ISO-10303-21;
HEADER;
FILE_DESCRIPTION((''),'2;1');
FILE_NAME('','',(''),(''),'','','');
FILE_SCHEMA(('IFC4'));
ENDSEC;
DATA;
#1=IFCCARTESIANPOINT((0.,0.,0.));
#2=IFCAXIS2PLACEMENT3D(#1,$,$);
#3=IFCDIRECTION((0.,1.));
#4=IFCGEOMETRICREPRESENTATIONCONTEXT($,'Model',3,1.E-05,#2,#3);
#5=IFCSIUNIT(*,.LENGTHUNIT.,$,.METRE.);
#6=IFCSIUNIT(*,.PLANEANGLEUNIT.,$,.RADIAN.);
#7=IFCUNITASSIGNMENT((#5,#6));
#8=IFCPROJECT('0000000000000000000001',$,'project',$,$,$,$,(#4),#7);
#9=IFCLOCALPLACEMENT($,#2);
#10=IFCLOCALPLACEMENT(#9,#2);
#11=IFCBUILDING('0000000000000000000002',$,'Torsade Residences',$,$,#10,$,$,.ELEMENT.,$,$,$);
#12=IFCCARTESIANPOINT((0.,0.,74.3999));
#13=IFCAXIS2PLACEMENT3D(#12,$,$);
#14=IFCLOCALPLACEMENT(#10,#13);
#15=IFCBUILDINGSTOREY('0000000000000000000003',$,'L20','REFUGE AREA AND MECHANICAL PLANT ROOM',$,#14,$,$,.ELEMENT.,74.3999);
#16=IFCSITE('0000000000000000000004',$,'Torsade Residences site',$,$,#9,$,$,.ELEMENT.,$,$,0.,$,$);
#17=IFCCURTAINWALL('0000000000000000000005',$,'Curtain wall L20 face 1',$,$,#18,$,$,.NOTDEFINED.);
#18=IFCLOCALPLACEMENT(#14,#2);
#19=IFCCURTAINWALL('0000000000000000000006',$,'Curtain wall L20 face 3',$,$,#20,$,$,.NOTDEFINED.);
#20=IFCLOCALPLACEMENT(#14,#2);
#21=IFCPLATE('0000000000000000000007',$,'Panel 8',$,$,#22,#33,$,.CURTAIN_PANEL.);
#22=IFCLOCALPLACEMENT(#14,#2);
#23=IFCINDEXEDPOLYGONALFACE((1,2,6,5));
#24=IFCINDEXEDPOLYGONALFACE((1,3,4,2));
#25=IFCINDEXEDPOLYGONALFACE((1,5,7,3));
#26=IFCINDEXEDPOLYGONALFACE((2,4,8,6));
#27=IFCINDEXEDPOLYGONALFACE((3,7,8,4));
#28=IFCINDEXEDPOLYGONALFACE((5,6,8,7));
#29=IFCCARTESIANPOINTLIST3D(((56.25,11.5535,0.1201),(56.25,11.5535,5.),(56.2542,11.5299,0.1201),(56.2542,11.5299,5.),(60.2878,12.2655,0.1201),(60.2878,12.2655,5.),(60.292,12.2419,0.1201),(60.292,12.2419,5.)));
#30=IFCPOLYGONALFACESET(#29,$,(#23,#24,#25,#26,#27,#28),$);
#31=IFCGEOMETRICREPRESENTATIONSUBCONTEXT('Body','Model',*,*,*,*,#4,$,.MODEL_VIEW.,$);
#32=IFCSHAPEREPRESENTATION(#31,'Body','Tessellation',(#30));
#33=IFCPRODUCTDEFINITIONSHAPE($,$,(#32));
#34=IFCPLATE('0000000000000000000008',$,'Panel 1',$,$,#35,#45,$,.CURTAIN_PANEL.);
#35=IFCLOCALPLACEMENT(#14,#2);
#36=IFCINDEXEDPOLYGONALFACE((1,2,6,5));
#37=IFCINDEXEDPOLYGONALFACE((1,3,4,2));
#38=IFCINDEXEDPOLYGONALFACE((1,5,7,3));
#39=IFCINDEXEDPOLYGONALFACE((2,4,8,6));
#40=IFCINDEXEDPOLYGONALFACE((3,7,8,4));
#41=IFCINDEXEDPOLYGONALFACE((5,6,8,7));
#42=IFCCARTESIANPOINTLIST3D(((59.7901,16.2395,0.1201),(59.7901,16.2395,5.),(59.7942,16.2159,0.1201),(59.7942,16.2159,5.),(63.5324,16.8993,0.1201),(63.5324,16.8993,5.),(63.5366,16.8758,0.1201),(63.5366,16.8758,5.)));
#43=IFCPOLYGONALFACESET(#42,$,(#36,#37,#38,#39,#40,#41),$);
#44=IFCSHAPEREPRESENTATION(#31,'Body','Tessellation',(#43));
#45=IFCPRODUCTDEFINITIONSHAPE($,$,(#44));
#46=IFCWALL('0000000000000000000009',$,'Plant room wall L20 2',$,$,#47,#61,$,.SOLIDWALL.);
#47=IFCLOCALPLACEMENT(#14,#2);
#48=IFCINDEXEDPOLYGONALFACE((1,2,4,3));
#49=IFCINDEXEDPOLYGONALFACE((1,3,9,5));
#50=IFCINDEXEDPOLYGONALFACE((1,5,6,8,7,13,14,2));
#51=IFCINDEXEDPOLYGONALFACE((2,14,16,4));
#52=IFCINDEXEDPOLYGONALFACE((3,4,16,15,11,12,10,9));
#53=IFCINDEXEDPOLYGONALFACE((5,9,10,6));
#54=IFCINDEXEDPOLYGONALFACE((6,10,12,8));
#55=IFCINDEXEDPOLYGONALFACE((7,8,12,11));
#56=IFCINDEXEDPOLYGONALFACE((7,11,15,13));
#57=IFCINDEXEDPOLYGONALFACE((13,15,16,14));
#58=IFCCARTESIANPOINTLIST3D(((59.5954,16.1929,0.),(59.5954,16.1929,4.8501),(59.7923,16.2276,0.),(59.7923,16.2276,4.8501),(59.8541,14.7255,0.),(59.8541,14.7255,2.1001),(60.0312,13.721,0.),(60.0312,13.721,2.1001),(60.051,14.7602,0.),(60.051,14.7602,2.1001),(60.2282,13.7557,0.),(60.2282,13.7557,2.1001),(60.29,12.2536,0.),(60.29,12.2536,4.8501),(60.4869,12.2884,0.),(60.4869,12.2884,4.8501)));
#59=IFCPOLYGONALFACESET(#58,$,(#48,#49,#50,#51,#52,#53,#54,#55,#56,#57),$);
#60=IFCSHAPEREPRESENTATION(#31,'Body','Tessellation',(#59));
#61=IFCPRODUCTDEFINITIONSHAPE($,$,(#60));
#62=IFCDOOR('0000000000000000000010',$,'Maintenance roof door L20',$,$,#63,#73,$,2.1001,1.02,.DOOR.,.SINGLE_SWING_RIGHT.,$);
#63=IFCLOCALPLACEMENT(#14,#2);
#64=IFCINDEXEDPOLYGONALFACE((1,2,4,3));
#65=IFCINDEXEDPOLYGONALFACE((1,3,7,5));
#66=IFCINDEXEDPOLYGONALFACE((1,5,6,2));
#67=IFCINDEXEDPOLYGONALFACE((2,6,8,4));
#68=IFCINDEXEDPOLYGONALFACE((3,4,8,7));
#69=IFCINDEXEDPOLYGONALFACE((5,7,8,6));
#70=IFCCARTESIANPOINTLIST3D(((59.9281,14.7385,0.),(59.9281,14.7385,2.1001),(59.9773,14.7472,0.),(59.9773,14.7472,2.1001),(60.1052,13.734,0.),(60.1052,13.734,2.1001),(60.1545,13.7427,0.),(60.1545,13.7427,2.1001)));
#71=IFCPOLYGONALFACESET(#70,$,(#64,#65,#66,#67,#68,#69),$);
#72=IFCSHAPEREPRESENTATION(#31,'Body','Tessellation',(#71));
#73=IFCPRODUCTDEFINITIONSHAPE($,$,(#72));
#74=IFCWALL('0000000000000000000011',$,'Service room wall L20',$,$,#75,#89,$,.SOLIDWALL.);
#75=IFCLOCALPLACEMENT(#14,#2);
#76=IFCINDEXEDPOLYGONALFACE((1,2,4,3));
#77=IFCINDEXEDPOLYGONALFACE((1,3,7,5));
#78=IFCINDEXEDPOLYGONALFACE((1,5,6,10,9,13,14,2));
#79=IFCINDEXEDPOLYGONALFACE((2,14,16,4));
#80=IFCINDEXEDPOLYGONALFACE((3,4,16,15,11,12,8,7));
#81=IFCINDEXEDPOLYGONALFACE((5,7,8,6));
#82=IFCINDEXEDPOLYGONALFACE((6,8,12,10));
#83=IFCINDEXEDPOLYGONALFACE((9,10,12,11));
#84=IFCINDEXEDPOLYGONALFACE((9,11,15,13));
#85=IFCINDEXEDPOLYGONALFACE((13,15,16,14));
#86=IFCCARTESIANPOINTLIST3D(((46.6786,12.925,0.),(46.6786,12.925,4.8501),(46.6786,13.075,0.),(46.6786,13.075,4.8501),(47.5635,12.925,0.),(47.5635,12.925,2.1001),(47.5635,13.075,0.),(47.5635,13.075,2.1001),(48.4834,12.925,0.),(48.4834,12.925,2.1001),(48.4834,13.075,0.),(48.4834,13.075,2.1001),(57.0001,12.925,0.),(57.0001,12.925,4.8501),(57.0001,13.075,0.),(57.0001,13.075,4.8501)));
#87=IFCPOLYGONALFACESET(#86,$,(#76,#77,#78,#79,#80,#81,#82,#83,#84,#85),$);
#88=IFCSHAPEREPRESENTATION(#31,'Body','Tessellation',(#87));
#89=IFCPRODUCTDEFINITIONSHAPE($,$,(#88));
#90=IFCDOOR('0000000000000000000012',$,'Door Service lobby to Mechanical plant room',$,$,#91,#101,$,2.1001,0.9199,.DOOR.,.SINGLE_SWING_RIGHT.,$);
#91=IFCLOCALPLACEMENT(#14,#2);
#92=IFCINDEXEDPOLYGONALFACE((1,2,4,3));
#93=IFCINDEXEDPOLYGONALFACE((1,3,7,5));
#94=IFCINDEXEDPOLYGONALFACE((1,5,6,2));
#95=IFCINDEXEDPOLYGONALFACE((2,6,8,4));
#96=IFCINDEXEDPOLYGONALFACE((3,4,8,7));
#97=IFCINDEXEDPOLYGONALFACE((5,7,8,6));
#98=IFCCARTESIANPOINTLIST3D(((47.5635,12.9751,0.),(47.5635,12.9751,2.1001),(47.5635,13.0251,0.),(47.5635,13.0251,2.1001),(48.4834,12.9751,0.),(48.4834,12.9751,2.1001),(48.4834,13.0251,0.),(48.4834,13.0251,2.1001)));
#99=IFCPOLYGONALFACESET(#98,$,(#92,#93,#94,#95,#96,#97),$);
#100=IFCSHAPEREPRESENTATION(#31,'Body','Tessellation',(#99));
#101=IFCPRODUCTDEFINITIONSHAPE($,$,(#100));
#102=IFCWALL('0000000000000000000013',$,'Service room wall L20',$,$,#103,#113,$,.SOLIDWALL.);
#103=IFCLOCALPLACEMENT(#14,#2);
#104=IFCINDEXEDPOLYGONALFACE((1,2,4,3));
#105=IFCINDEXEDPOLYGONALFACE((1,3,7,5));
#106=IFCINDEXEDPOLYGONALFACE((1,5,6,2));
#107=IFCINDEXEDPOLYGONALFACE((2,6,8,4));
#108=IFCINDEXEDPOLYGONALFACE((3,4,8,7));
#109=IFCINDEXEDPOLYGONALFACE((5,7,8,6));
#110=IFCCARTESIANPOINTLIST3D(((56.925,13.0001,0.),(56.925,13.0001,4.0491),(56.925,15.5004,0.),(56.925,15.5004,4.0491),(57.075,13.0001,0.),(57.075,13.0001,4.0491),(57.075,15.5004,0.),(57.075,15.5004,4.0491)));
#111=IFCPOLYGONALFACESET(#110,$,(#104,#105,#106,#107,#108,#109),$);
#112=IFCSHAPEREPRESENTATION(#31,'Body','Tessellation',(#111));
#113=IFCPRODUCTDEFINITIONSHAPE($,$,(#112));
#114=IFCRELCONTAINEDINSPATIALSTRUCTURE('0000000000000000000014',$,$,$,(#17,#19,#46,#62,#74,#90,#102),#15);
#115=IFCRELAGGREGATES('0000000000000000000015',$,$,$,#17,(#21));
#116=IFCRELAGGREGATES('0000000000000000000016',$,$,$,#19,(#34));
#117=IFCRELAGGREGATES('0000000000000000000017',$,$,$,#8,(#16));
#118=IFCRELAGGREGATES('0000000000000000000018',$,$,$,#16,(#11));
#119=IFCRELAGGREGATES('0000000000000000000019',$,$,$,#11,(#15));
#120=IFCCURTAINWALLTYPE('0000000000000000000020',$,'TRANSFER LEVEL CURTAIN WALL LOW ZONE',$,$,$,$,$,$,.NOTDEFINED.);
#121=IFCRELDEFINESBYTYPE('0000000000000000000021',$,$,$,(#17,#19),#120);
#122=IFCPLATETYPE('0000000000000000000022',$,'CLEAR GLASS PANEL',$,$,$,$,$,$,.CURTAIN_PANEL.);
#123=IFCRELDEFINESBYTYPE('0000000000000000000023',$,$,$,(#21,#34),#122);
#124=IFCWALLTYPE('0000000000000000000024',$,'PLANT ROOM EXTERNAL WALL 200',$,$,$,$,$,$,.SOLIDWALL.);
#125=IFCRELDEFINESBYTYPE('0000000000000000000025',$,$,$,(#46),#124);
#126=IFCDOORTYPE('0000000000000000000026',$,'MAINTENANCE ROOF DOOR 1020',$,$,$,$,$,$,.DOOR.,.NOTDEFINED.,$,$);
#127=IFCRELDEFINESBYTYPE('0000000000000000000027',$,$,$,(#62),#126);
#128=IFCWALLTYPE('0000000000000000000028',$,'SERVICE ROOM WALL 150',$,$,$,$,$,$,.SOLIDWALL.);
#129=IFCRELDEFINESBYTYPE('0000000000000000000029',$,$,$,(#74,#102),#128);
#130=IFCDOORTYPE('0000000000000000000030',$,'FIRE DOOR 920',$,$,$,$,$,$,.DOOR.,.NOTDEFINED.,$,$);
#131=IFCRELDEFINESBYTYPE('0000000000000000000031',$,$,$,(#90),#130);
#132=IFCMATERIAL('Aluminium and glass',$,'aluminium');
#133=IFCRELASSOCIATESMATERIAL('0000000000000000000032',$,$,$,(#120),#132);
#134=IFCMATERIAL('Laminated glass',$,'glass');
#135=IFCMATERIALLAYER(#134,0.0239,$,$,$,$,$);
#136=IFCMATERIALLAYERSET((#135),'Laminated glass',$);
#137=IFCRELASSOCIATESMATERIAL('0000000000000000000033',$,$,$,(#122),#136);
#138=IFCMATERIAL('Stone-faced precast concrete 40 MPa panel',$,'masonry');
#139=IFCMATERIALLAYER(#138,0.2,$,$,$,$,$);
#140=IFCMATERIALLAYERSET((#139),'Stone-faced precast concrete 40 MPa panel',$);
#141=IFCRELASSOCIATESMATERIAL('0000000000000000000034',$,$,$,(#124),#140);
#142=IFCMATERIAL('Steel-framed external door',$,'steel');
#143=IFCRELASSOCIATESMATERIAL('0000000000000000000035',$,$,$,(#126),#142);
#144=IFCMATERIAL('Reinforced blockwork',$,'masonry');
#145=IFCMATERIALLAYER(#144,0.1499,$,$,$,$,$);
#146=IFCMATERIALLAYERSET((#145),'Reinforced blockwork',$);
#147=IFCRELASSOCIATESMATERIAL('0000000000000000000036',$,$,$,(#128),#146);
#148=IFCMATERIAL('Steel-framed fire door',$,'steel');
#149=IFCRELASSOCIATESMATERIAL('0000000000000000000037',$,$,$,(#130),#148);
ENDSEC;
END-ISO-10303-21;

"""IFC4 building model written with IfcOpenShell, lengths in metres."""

from ifc_helpers import new_model, si_unit, direction, frame, frame_2d, origin, origin_2d, place, context, subcontext, project, spatial, rectangle, extrude, material, layer, layer_set, type_object, element, fill, aggregate, save


model = new_model("IFC4")

# Units and contexts
model_context = context("Model", 3, precision=1e-05, world=origin(), true_north=direction((0.0, 1.0)))
body_context = subcontext(model_context, "Body", "Model", "MODEL_VIEW")
ifc_project = project(units=[si_unit("LENGTHUNIT", "METRE"), si_unit("PLANEANGLEUNIT", "RADIAN")], contexts=[model_context])

# Site, building, storey
site_placement = place(None, origin())
site = spatial("IfcSite", under=ifc_project, at=site_placement, Name="Torsade Residences site", CompositionType="ELEMENT", RefElevation=0.0)
building_placement = place(site_placement, origin())
building = spatial("IfcBuilding", under=site, at=building_placement, Name="Torsade Residences", CompositionType="ELEMENT")
storey_placement = place(building_placement, frame((0.0, 0.0, 74.3999)))
storey = spatial("IfcBuildingStorey", under=building, at=storey_placement, Name="L20", Description="REFUGE AREA AND MECHANICAL PLANT ROOM", CompositionType="ELEMENT", Elevation=74.3999)

# Curtain wall
ifc_material_1 = material(Name="Aluminium and glass", Category="aluminium")
curtain_wall_type = type_object("IfcCurtainWallType", Name="TRANSFER LEVEL CURTAIN WALL LOW ZONE", PredefinedType="NOTDEFINED", material=ifc_material_1)
curtain_wall_1_placement = place(storey_placement, origin())
curtain_wall_1 = element("IfcCurtainWall", 1, at=curtain_wall_1_placement, inside=storey, type_object=curtain_wall_type, Name="Curtain wall L20 face 1", PredefinedType="NOTDEFINED")

# Curtain wall
curtain_wall_2_placement = place(storey_placement, origin())
curtain_wall_2 = element("IfcCurtainWall", 2, at=curtain_wall_2_placement, inside=storey, type_object=curtain_wall_type, Name="Curtain wall L20 face 3", PredefinedType="NOTDEFINED")

# Plates
ifc_material_2 = material(Name="Laminated glass", Category="glass")
ifc_layer_1 = layer(ifc_material_2, 0.0239)
ifc_layer_set_1 = layer_set([ifc_layer_1], Name="Laminated glass")
plate_type = type_object("IfcPlateType", Name="CLEAR GLASS PANEL", PredefinedType="CURTAIN_PANEL", material=ifc_layer_set_1)
plate_1_placement = place(storey_placement, frame((58.271, 11.8977, 0.1201), z_axis=(0.0, 0.0, 1.0), x_axis=(0.984808, 0.173648, 0.0)))
plate_1 = element("IfcPlate", 3, at=plate_1_placement, type_object=plate_type, Name="Panel 8", PredefinedType="CURTAIN_PANEL", context=body_context, shape_type="SweptSolid", body=[
    extrude(rectangle(XDim=4.1001, YDim=0.0239, at=origin_2d()), origin(), (0.0, 0.0, 1.0), 4.8799),
])
aggregate(curtain_wall_1, [plate_1])
plate_2_placement = place(storey_placement, frame((61.6633, 16.5576, 0.1201), z_axis=(0.0, 0.0, 1.0), x_axis=(0.984808, 0.173648, 0.0)))
plate_2 = element("IfcPlate", 4, at=plate_2_placement, type_object=plate_type, Name="Panel 1", PredefinedType="CURTAIN_PANEL", context=body_context, shape_type="SweptSolid", body=[
    extrude(rectangle(XDim=3.8, YDim=0.0239, at=origin_2d()), origin(), (0.0, 0.0, 1.0), 4.8799),
])
aggregate(curtain_wall_2, [plate_2])

# Walls, openings, doors
ifc_material_3 = material(Name="Stone-faced precast concrete 40 MPa panel", Category="masonry")
ifc_layer_2 = layer(ifc_material_3, 0.2)
ifc_layer_set_2 = layer_set([ifc_layer_2], Name="Stone-faced precast concrete 40 MPa panel")
wall_type_1 = type_object("IfcWallType", Name="PLANT ROOM EXTERNAL WALL 200", PredefinedType="SOLIDWALL", material=ifc_layer_set_2)
wall_1_placement = place(storey_placement, frame((60.3884, 12.271, 0.0), z_axis=(0.0, 0.0, 1.0), x_axis=(-0.173646, 0.984808, 0.0)))
wall_1 = element("IfcWall", 5, at=wall_1_placement, inside=storey, type_object=wall_type_1, Name="Plant room wall L20 2", PredefinedType="SOLIDWALL", context=body_context, shape_type="SweptSolid", body=[
    extrude(rectangle(XDim=4.0, YDim=0.2, at=frame_2d((2.0, 0.0))), origin(), (0.0, 0.0, 1.0), 4.8501),
])
opening_1_placement = place(wall_1_placement, frame((1.49, 0.0, 0.0)))
opening_1 = element("IfcOpeningElement", 6, at=opening_1_placement, cuts=wall_1, PredefinedType="OPENING", context=body_context, shape_type="SweptSolid", body=[
    extrude(rectangle(XDim=1.02, YDim=2.1001, at=frame_2d((0.51, 1.05))), frame((0.0, 0.1099, 0.0), z_axis=(0.0, -1.0, 0.0), x_axis=(1.0, 0.0, 0.0)), (0.0, 0.0, 1.0), 0.22),
])
ifc_material_4 = material(Name="Steel-framed external door", Category="steel")
door_type_1 = type_object("IfcDoorType", Name="MAINTENANCE ROOF DOOR 1020", OperationType="NOTDEFINED", PredefinedType="DOOR", material=ifc_material_4)
door_1_placement = place(opening_1_placement, origin())
door_1 = element("IfcDoor", 7, at=door_1_placement, inside=storey, type_object=door_type_1, Name="Maintenance roof door L20", OperationType="SINGLE_SWING_RIGHT", OverallHeight=2.1001, OverallWidth=1.02, PredefinedType="DOOR", context=body_context, shape_type="SweptSolid", body=[
    extrude(rectangle(XDim=1.02, YDim=2.1001, at=frame_2d((0.51, 1.05))), frame((0.0, 0.0249, 0.0), z_axis=(0.0, -1.0, 0.0), x_axis=(1.0, 0.0, 0.0)), (0.0, 0.0, 1.0), 0.05),
])
fill(opening_1, door_1)
ifc_material_5 = material(Name="Reinforced blockwork", Category="masonry")
ifc_layer_3 = layer(ifc_material_5, 0.1499)
ifc_layer_set_3 = layer_set([ifc_layer_3], Name="Reinforced blockwork")
wall_type_2 = type_object("IfcWallType", Name="SERVICE ROOM WALL 150", PredefinedType="SOLIDWALL", material=ifc_layer_set_3)
wall_2_placement = place(storey_placement, frame((57.0, 13.0, 0.0), z_axis=(0.0, 0.0, 1.0), x_axis=(-1.0, 0.0, 0.0)))
wall_2 = element("IfcWall", 8, at=wall_2_placement, inside=storey, type_object=wall_type_2, Name="Service room wall L20", PredefinedType="SOLIDWALL", context=body_context, shape_type="SweptSolid", body=[
    extrude(rectangle(XDim=10.3215, YDim=0.1499, at=frame_2d((5.1606, 0.0))), origin(), (0.0, 0.0, 1.0), 4.8501),
])
opening_2_placement = place(wall_2_placement, frame((8.5166, 0.0, 0.0)))
opening_2 = element("IfcOpeningElement", 9, at=opening_2_placement, cuts=wall_2, PredefinedType="OPENING", context=body_context, shape_type="SweptSolid", body=[
    extrude(rectangle(XDim=0.9199, YDim=2.1001, at=frame_2d((0.46, 1.05))), frame((0.0, 0.085, 0.0), z_axis=(0.0, -1.0, 0.0), x_axis=(1.0, 0.0, 0.0)), (0.0, 0.0, 1.0), 0.1699),
])
ifc_material_6 = material(Name="Steel-framed fire door", Category="steel")
door_type_2 = type_object("IfcDoorType", Name="FIRE DOOR 920", OperationType="NOTDEFINED", PredefinedType="DOOR", material=ifc_material_6)
door_2_placement = place(opening_2_placement, origin())
door_2 = element("IfcDoor", 10, at=door_2_placement, inside=storey, type_object=door_type_2, Name="Door Service lobby to Mechanical plant room", OperationType="SINGLE_SWING_RIGHT", OverallHeight=2.1001, OverallWidth=0.9199, PredefinedType="DOOR", context=body_context, shape_type="SweptSolid", body=[
    extrude(rectangle(XDim=0.9199, YDim=2.1001, at=frame_2d((0.46, 1.05))), frame((0.0, 0.0249, 0.0), z_axis=(0.0, -1.0, 0.0), x_axis=(1.0, 0.0, 0.0)), (0.0, 0.0, 1.0), 0.05),
])
fill(opening_2, door_2)

# Wall
wall_3_placement = place(storey_placement, frame((57.0, 15.5002, 0.0), z_axis=(0.0, 0.0, 1.0), x_axis=(0.0, -1.0, 0.0)))
element("IfcWall", 11, at=wall_3_placement, inside=storey, type_object=wall_type_2, Name="Service room wall L20", PredefinedType="SOLIDWALL", context=body_context, shape_type="SweptSolid", body=[
    extrude(rectangle(XDim=2.5002, YDim=0.1499, at=frame_2d((1.25, 0.0))), origin(), (0.0, 0.0, 1.0), 4.0491),
])

save(model, "model.ifc")
